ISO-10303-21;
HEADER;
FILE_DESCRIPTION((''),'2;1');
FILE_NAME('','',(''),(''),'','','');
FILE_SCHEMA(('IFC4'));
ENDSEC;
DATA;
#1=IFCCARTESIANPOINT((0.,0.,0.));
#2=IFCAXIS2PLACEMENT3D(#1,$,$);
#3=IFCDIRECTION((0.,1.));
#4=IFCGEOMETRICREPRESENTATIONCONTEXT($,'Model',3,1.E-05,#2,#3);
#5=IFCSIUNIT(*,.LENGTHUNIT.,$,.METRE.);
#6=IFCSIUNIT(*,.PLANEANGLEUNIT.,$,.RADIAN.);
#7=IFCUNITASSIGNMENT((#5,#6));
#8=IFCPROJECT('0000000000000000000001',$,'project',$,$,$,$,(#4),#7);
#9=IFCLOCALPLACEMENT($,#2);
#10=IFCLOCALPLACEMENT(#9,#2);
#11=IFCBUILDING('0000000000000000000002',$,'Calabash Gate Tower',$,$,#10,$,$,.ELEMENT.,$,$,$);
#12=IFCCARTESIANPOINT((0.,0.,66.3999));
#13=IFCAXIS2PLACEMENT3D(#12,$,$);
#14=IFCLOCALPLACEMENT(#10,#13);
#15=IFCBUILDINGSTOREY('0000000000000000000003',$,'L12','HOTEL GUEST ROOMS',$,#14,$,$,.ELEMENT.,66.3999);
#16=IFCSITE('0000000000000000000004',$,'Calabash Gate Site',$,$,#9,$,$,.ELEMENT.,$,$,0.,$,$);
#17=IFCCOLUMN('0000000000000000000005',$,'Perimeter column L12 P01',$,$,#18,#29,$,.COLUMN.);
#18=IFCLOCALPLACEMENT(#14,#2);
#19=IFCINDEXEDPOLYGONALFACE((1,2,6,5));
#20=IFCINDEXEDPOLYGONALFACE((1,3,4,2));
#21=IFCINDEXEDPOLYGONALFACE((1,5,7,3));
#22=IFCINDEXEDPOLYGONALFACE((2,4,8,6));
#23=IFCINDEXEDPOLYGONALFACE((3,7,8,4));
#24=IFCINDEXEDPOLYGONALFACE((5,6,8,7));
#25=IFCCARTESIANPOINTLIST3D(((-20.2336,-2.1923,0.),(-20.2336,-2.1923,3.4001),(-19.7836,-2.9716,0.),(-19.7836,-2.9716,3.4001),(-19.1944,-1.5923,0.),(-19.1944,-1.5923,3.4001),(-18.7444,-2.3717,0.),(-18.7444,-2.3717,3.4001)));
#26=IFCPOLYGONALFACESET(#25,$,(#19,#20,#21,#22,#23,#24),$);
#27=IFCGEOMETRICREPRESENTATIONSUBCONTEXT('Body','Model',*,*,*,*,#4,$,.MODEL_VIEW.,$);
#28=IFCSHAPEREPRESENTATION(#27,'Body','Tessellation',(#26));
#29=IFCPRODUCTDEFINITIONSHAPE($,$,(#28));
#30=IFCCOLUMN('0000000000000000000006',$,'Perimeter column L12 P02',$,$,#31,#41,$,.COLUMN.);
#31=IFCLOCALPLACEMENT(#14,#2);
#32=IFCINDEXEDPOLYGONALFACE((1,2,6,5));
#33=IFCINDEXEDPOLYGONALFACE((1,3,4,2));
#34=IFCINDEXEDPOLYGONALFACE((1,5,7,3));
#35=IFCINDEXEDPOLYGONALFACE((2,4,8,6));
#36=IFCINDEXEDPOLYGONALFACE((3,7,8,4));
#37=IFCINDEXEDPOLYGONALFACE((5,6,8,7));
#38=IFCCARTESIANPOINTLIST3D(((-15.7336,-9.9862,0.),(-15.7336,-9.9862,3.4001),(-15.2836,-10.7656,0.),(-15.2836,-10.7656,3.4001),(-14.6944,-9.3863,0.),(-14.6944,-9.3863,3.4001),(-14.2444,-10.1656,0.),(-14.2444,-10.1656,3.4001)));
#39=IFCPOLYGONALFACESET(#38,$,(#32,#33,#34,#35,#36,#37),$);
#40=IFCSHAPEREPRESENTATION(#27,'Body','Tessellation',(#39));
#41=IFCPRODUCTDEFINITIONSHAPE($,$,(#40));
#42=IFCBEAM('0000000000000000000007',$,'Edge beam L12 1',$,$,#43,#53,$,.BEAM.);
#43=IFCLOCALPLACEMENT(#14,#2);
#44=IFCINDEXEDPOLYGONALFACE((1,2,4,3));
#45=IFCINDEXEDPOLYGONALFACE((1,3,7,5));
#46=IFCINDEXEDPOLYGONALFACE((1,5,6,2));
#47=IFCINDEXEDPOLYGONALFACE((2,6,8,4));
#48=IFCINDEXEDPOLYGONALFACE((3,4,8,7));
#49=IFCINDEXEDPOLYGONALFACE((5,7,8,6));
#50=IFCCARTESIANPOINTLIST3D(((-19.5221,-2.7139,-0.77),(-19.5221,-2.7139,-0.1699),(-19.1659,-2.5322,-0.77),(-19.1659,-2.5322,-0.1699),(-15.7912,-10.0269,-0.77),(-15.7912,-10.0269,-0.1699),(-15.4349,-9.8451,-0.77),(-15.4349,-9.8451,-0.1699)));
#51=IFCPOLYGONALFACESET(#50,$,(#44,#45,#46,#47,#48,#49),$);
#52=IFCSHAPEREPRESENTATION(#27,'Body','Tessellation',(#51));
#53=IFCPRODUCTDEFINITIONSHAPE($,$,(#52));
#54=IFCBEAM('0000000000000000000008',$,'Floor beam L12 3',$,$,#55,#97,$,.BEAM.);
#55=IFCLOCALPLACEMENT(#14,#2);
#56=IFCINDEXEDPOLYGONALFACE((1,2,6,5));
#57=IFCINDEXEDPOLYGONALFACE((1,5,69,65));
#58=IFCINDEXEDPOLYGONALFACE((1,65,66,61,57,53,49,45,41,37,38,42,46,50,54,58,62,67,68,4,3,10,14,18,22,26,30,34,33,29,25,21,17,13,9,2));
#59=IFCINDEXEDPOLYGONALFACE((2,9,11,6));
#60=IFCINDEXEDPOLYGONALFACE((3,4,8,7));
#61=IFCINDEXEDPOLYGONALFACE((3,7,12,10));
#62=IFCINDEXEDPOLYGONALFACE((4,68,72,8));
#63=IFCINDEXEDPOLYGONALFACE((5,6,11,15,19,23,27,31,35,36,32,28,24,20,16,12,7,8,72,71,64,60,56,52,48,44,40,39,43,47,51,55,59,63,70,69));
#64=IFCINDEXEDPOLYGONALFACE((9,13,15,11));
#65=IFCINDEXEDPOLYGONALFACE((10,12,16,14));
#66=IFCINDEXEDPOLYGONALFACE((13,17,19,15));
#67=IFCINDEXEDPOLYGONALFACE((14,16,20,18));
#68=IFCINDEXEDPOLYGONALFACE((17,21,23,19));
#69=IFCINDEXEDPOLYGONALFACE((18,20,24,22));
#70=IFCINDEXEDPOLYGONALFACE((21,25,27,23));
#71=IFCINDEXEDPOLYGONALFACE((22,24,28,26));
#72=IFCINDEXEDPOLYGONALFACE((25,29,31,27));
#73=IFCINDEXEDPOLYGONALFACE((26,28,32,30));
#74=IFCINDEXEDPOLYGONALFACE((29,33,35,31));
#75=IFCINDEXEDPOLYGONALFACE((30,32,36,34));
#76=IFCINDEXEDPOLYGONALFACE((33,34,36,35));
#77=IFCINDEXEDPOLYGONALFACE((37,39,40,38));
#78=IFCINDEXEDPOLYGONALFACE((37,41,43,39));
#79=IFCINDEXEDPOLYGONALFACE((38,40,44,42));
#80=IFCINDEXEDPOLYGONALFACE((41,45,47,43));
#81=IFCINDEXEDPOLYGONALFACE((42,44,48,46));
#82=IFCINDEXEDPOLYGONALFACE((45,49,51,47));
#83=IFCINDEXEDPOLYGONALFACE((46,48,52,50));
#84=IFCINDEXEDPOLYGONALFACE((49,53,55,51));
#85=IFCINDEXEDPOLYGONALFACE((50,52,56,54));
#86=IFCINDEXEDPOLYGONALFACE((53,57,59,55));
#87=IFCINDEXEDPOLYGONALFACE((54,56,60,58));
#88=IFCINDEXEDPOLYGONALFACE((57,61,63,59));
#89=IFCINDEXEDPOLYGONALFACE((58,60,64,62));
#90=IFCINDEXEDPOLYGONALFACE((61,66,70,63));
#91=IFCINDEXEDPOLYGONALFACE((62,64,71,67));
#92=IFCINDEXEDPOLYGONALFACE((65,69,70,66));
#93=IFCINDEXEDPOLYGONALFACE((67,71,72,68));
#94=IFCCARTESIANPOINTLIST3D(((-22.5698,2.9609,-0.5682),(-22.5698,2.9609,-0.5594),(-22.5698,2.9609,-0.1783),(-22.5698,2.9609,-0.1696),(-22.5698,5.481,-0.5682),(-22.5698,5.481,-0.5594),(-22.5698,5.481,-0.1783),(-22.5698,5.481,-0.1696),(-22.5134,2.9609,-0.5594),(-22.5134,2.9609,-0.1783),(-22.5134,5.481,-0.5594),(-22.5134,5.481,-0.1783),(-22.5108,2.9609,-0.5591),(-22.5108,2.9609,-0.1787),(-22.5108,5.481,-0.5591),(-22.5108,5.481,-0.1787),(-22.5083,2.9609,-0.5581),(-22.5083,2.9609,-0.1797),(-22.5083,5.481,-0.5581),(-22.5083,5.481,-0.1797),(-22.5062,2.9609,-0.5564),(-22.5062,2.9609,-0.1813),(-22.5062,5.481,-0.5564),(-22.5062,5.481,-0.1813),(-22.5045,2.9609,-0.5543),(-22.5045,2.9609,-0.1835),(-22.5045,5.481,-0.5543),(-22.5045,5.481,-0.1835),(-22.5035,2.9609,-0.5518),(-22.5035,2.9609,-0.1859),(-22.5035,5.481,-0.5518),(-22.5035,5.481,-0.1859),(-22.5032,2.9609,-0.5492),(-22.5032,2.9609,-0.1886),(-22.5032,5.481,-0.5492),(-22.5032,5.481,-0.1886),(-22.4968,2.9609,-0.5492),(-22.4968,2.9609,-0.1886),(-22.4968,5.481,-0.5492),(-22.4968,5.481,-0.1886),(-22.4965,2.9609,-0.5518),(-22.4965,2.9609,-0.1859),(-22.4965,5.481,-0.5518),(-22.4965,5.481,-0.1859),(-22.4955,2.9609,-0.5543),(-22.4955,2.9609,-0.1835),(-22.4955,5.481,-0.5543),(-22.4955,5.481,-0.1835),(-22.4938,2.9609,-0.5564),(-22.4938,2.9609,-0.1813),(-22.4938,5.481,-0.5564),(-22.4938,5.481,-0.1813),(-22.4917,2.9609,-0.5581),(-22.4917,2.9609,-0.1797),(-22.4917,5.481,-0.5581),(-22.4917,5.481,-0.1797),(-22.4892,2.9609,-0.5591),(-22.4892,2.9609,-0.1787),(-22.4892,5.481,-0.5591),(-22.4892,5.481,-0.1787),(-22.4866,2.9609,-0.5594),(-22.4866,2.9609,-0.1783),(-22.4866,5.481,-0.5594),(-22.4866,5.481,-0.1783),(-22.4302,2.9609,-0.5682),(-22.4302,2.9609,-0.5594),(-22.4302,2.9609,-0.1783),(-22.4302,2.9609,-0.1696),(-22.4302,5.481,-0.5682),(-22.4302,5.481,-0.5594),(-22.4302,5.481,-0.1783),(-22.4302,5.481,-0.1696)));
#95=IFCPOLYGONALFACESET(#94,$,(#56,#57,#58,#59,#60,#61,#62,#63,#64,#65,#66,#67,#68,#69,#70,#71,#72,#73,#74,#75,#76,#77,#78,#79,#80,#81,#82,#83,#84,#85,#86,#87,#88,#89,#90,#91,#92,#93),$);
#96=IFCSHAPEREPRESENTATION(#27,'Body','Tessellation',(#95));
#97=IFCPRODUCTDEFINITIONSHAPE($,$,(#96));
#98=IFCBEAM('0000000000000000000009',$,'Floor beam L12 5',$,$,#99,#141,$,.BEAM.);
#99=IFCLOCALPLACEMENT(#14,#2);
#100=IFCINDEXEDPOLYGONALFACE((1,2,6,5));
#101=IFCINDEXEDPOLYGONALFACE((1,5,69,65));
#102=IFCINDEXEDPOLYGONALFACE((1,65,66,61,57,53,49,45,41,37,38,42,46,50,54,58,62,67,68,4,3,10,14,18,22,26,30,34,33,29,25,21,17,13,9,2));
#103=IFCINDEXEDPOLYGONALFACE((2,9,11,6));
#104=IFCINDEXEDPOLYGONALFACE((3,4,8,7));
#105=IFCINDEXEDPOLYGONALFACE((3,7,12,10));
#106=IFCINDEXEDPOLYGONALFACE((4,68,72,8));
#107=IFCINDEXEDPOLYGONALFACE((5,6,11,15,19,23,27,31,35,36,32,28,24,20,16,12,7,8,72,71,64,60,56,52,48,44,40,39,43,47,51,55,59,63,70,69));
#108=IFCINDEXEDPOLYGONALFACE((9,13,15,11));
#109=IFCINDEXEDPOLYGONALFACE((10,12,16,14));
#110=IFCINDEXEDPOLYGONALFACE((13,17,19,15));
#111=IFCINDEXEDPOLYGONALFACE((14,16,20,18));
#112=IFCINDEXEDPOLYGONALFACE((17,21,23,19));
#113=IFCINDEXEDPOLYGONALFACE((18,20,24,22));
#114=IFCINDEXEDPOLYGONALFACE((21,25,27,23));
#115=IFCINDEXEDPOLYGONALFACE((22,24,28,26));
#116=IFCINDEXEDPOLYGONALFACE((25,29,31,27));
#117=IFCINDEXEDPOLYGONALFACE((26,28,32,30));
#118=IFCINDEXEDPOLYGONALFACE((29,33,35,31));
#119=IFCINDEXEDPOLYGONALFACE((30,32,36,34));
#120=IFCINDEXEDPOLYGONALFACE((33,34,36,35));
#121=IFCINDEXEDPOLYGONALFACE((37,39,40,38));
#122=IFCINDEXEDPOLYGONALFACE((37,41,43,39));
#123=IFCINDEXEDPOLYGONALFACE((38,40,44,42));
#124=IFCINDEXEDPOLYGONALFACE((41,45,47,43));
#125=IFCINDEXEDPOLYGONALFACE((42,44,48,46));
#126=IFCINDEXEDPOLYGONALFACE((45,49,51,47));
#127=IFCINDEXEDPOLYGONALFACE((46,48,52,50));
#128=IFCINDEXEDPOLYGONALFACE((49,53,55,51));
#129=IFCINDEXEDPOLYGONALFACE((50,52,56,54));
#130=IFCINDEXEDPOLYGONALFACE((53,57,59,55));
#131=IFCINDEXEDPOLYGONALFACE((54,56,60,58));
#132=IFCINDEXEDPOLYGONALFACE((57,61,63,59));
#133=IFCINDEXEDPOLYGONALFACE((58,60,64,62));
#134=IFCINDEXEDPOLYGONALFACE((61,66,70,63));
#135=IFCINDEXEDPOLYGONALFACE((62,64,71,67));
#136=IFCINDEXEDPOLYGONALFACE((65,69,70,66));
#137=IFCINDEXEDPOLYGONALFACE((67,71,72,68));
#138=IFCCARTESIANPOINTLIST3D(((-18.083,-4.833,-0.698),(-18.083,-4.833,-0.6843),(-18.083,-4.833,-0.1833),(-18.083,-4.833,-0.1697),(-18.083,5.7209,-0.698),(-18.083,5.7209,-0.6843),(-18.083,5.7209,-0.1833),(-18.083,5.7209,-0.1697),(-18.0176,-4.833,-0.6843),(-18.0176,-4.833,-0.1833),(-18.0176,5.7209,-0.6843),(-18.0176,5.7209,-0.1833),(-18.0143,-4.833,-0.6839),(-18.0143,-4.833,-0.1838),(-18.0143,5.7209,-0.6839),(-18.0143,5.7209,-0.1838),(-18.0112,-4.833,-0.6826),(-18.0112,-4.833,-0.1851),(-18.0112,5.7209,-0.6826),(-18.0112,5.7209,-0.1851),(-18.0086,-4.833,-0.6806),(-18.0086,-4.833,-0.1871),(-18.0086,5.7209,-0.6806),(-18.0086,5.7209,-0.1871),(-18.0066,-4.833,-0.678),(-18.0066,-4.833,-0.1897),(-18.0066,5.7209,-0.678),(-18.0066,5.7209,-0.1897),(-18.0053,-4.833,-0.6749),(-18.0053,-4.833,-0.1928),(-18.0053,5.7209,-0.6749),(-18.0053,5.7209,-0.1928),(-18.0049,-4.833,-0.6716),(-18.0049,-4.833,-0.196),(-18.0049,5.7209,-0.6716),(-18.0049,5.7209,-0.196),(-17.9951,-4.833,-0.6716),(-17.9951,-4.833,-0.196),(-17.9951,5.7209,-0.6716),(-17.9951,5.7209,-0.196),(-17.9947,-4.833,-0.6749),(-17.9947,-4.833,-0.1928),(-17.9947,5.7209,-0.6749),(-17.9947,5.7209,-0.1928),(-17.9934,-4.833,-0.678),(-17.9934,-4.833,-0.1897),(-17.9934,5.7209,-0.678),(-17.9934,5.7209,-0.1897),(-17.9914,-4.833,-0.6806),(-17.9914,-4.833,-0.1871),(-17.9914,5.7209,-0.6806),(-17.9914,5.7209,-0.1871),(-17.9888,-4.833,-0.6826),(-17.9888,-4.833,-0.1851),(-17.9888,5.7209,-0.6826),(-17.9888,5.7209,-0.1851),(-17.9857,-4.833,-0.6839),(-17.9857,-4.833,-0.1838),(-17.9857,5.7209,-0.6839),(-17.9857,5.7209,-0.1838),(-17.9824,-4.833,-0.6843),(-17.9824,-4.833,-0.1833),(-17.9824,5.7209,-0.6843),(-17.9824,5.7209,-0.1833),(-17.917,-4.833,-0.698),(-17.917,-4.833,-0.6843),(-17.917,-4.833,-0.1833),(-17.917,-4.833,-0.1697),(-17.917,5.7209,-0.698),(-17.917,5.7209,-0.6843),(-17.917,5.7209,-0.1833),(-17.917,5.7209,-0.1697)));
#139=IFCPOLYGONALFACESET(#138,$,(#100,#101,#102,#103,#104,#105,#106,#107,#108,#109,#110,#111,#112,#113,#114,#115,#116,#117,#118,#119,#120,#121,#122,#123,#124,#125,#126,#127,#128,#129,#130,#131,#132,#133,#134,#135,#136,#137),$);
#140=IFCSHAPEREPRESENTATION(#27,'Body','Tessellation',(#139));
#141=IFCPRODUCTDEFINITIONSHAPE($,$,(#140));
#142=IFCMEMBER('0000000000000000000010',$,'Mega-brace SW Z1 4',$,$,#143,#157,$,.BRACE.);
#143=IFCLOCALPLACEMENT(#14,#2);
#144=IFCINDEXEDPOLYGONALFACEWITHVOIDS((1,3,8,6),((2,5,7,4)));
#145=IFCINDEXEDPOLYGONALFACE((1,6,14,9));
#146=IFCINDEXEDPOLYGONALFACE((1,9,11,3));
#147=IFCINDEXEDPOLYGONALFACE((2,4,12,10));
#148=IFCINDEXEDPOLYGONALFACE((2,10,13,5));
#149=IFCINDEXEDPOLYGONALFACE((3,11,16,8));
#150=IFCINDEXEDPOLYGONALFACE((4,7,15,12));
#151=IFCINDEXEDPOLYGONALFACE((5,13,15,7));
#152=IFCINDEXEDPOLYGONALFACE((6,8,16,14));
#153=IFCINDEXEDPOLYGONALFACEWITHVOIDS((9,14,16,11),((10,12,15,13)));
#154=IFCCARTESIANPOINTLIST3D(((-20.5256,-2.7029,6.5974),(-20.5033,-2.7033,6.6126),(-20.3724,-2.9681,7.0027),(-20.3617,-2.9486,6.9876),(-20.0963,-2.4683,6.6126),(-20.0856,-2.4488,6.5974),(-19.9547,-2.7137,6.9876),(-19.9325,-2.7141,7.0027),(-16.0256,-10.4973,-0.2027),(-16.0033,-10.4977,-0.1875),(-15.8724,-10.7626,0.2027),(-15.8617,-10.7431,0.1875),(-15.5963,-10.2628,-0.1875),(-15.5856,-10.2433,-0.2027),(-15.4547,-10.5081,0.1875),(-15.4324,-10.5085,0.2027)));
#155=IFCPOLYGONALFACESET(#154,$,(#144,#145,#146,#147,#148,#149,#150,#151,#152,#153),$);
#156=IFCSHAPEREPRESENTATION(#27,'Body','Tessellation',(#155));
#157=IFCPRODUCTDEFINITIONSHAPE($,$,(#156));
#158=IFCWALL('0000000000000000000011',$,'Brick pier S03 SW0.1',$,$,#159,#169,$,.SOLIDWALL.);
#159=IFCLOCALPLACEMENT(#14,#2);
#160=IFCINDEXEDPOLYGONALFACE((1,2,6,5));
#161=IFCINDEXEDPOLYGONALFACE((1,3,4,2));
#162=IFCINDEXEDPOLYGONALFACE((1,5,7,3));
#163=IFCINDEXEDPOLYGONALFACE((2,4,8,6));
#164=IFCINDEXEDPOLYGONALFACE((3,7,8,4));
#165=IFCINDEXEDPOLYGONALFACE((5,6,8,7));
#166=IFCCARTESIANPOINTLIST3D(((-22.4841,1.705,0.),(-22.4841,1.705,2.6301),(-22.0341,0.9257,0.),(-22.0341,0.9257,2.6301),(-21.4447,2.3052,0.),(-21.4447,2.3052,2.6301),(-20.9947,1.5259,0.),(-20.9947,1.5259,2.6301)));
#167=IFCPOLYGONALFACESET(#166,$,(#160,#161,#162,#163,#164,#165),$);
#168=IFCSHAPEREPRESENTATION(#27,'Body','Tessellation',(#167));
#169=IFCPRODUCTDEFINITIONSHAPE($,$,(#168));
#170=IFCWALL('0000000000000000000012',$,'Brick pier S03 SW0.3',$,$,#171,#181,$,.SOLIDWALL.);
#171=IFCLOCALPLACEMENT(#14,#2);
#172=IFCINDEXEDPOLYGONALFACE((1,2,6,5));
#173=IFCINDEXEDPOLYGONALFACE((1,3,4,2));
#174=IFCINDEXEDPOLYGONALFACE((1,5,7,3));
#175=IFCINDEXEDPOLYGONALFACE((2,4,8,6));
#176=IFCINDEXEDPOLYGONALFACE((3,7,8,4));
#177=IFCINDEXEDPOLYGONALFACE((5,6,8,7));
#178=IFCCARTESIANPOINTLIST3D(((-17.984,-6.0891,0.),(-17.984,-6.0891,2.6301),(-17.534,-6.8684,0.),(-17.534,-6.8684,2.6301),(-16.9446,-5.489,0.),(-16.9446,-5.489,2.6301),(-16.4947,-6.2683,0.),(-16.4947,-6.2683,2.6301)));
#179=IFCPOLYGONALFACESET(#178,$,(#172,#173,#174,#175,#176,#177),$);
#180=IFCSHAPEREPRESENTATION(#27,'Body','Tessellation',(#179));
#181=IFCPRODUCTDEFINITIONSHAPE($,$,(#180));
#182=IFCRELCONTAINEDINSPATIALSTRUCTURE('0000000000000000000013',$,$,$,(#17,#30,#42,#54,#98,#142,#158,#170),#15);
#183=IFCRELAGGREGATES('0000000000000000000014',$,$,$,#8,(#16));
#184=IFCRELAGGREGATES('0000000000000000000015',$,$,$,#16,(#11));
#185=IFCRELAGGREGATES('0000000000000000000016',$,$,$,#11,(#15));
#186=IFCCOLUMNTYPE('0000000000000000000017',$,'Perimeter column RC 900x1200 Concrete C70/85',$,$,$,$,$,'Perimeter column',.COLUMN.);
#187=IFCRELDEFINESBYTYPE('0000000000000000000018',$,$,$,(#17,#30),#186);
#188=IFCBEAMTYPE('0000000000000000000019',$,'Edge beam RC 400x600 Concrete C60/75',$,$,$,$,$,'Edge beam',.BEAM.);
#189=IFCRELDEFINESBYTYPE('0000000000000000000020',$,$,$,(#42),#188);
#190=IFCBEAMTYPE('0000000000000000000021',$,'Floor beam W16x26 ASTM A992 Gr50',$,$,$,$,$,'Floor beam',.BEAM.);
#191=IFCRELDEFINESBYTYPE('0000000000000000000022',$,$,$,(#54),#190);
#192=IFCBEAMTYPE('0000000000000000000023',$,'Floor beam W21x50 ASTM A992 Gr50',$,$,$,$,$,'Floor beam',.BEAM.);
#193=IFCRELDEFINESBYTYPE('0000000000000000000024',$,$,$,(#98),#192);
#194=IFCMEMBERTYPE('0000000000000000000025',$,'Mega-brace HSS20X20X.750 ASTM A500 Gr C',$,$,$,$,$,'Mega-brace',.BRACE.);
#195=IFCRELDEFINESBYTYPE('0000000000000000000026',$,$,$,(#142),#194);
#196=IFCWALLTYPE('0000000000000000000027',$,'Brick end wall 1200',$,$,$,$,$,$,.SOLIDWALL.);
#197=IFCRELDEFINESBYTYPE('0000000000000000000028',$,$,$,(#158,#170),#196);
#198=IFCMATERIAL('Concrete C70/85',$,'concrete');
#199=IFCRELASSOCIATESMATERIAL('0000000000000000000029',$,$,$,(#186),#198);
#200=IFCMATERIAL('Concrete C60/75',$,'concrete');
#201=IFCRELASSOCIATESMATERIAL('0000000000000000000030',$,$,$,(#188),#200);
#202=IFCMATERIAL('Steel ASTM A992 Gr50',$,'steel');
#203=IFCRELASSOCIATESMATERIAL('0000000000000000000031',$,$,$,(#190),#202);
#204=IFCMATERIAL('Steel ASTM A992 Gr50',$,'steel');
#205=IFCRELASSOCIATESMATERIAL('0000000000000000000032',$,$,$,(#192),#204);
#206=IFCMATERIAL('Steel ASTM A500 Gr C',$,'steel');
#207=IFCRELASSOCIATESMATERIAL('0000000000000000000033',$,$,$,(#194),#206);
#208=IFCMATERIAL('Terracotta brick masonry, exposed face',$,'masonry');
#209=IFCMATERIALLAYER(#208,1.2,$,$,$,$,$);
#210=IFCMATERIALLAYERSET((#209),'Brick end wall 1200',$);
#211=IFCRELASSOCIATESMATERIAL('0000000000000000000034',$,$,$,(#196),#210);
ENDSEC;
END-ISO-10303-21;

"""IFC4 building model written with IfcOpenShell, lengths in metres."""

from ifc_helpers import new_model, si_unit, direction, frame, frame_2d, origin, origin_2d, place, context, subcontext, project, spatial, rectangle, hollow_rectangle, i_section, extrude, material, layer, layer_set, material_profile, profile_set, type_object, element, save


model = new_model("IFC4")

# Units and contexts
model_context = context("Model", 3, precision=1e-05, world=origin(), true_north=direction((0.0, 1.0)))
body_context = subcontext(model_context, "Body", "Model", "MODEL_VIEW")
ifc_project = project(units=[si_unit("LENGTHUNIT", "METRE"), si_unit("PLANEANGLEUNIT", "RADIAN")], contexts=[model_context])

# Site, building, storey
site_placement = place(None, origin())
site = spatial("IfcSite", under=ifc_project, at=site_placement, Name="Calabash Gate Site", CompositionType="ELEMENT", RefElevation=0.0)
building_placement = place(site_placement, origin())
building = spatial("IfcBuilding", under=site, at=building_placement, Name="Calabash Gate Tower", CompositionType="ELEMENT")
storey_placement = place(building_placement, frame((0.0, 0.0, 66.3999)))
storey = spatial("IfcBuildingStorey", under=building, at=storey_placement, Name="L12", Description="HOTEL GUEST ROOMS", CompositionType="ELEMENT", Elevation=66.3999)

# Columns
ifc_material_1 = material(Name="Concrete C70/85", Category="concrete")
ifc_material_profile_1 = material_profile(ifc_material_1, rectangle(XDim=0.8999, YDim=1.2, at=origin_2d()))
ifc_profile_set_1 = profile_set([ifc_material_profile_1], Name="Concrete C70/85")
column_type = type_object("IfcColumnType", Name="Perimeter column RC 900x1200 Concrete C70/85", ElementType="Perimeter column", PredefinedType="COLUMN", material=ifc_profile_set_1)
for number, where, z_axis, x_axis, name in (
    (1, (-19.489, -2.282, 0.0), (0.0, 0.0, 1.0), (0.5, -0.866025, 0.0), "Perimeter column L12 P01"),
    (2, (-14.989, -10.0759, 0.0), (0.0, 0.0, 1.0), (0.5, -0.866025, 0.0), "Perimeter column L12 P02"),
):
    element("IfcColumn", number, at=place(storey_placement, frame(where, z_axis=z_axis, x_axis=x_axis)), inside=storey, type_object=column_type, Name=name, PredefinedType="COLUMN", context=body_context, shape_type="SweptSolid", body=[
        extrude(rectangle(XDim=0.8999, YDim=1.2, at=origin_2d()), origin(), (0.0, 0.0, 1.0), 3.4001),
    ])

# Beams
ifc_material_2 = material(Name="Concrete C60/75", Category="concrete")
ifc_material_profile_2 = material_profile(ifc_material_2, rectangle(XDim=0.3999, YDim=0.6001, at=origin_2d()))
ifc_profile_set_2 = profile_set([ifc_material_profile_2], Name="Concrete C60/75")
beam_type_1 = type_object("IfcBeamType", Name="Edge beam RC 400x600 Concrete C60/75", ElementType="Edge beam", PredefinedType="BEAM", material=ifc_profile_set_2)
beam_1_placement = place(storey_placement, frame((-19.344, -2.623, -0.47), z_axis=(0.454455, -0.89077, 0.0), x_axis=(0.89077, 0.454455, 0.0)))
element("IfcBeam", 3, at=beam_1_placement, inside=storey, type_object=beam_type_1, Name="Edge beam L12 1", PredefinedType="BEAM", context=body_context, shape_type="SweptSolid", body=[
    extrude(rectangle(XDim=0.3999, YDim=0.6001, at=origin_2d()), origin(), (0.0, 0.0, 1.0), 8.2097),
])
ifc_material_3 = material(Name="Steel ASTM A992 Gr50", Category="steel")
ifc_material_profile_3 = material_profile(ifc_material_3, i_section(OverallWidth=0.1396, OverallDepth=0.3987, WebThickness=0.0063, FlangeThickness=0.0088, FilletRadius=0.0103, at=origin_2d()))
ifc_profile_set_3 = profile_set([ifc_material_profile_3], Name="Steel ASTM A992 Gr50")
beam_type_2 = type_object("IfcBeamType", Name="Floor beam W16x26 ASTM A992 Gr50", ElementType="Floor beam", PredefinedType="BEAM", material=ifc_profile_set_3)
beam_2_placement = place(storey_placement, frame((-22.5, 2.9609, -0.3689), z_axis=(0.0, 1.0, 0.0), x_axis=(-1.0, 0.0, 0.0)))
element("IfcBeam", 4, at=beam_2_placement, inside=storey, type_object=beam_type_2, Name="Floor beam L12 3", PredefinedType="BEAM", context=body_context, shape_type="SweptSolid", body=[
    extrude(i_section(OverallWidth=0.1396, OverallDepth=0.3987, WebThickness=0.0063, FlangeThickness=0.0088, FilletRadius=0.0103, at=origin_2d()), origin(), (0.0, 0.0, 1.0), 2.52),
])
ifc_material_4 = material(Name="Steel ASTM A992 Gr50", Category="steel")
ifc_material_profile_4 = material_profile(ifc_material_4, i_section(OverallWidth=0.166, OverallDepth=0.5283, WebThickness=0.0098, FlangeThickness=0.0137, FilletRadius=0.0127, at=origin_2d()))
ifc_profile_set_4 = profile_set([ifc_material_profile_4], Name="Steel ASTM A992 Gr50")
beam_type_3 = type_object("IfcBeamType", Name="Floor beam W21x50 ASTM A992 Gr50", ElementType="Floor beam", PredefinedType="BEAM", material=ifc_profile_set_4)
beam_3_placement = place(storey_placement, frame((-18.0, -4.833, -0.4338), z_axis=(0.0, 1.0, 0.0), x_axis=(-1.0, 0.0, 0.0)))
element("IfcBeam", 5, at=beam_3_placement, inside=storey, type_object=beam_type_3, Name="Floor beam L12 5", PredefinedType="BEAM", context=body_context, shape_type="SweptSolid", body=[
    extrude(i_section(OverallWidth=0.166, OverallDepth=0.5283, WebThickness=0.0098, FlangeThickness=0.0137, FilletRadius=0.0127, at=origin_2d()), origin(), (0.0, 0.0, 1.0), 10.554),
])

# Member
ifc_material_5 = material(Name="Steel ASTM A500 Gr C", Category="steel")
ifc_material_profile_5 = material_profile(ifc_material_5, hollow_rectangle(XDim=0.5081, YDim=0.5081, WallThickness=0.019, at=origin_2d()))
ifc_profile_set_5 = profile_set([ifc_material_profile_5], Name="Steel ASTM A500 Gr C")
member_type = type_object("IfcMemberType", Name="Mega-brace HSS20X20X.750 ASTM A500 Gr C", ElementType="Mega-brace", PredefinedType="BRACE", material=ifc_profile_set_5)
member_placement = place(storey_placement, frame((-15.729, -10.5029, 0.0), z_axis=(-0.398928, 0.690981, 0.602828), x_axis=(-0.866031, -0.49999, 0.0)))
element("IfcMember", 6, at=member_placement, inside=storey, type_object=member_type, Name="Mega-brace SW Z1 4", PredefinedType="BRACE", context=body_context, shape_type="SweptSolid", body=[
    extrude(hollow_rectangle(XDim=0.5081, YDim=0.5081, WallThickness=0.019, at=origin_2d()), origin(), (0.0, 0.0, 1.0), 11.2803),
])

# Walls
ifc_material_6 = material(Name="Terracotta brick masonry, exposed face", Category="masonry")
ifc_layer_1 = layer(ifc_material_6, 1.2)
ifc_layer_set_1 = layer_set([ifc_layer_1], Name="Brick end wall 1200")
wall_type_1 = type_object("IfcWallType", Name="Brick end wall 1200", PredefinedType="SOLIDWALL", material=ifc_layer_set_1)
for number, where, z_axis, x_axis, name in (
    (7, (-21.2197, 1.9155, 0.0), (0.0, 0.0, 1.0), (-0.866006, -0.500034, 0.0), "Brick pier S03 SW0.1"),
    (8, (-17.759, -6.4788, 0.0), (0.0, 0.0, 1.0), (0.866006, 0.500034, 0.0), "Brick pier S03 SW0.3"),
):
    element("IfcWall", number, at=place(storey_placement, frame(where, z_axis=z_axis, x_axis=x_axis)), inside=storey, type_object=wall_type_1, Name=name, PredefinedType="SOLIDWALL", context=body_context, shape_type="SweptSolid", body=[
        extrude(rectangle(XDim=1.2002, YDim=0.8999, at=frame_2d((0.6001, 0.0))), origin(), (0.0, 0.0, 1.0), 2.6301),
    ])

save(model, "model.ifc")
